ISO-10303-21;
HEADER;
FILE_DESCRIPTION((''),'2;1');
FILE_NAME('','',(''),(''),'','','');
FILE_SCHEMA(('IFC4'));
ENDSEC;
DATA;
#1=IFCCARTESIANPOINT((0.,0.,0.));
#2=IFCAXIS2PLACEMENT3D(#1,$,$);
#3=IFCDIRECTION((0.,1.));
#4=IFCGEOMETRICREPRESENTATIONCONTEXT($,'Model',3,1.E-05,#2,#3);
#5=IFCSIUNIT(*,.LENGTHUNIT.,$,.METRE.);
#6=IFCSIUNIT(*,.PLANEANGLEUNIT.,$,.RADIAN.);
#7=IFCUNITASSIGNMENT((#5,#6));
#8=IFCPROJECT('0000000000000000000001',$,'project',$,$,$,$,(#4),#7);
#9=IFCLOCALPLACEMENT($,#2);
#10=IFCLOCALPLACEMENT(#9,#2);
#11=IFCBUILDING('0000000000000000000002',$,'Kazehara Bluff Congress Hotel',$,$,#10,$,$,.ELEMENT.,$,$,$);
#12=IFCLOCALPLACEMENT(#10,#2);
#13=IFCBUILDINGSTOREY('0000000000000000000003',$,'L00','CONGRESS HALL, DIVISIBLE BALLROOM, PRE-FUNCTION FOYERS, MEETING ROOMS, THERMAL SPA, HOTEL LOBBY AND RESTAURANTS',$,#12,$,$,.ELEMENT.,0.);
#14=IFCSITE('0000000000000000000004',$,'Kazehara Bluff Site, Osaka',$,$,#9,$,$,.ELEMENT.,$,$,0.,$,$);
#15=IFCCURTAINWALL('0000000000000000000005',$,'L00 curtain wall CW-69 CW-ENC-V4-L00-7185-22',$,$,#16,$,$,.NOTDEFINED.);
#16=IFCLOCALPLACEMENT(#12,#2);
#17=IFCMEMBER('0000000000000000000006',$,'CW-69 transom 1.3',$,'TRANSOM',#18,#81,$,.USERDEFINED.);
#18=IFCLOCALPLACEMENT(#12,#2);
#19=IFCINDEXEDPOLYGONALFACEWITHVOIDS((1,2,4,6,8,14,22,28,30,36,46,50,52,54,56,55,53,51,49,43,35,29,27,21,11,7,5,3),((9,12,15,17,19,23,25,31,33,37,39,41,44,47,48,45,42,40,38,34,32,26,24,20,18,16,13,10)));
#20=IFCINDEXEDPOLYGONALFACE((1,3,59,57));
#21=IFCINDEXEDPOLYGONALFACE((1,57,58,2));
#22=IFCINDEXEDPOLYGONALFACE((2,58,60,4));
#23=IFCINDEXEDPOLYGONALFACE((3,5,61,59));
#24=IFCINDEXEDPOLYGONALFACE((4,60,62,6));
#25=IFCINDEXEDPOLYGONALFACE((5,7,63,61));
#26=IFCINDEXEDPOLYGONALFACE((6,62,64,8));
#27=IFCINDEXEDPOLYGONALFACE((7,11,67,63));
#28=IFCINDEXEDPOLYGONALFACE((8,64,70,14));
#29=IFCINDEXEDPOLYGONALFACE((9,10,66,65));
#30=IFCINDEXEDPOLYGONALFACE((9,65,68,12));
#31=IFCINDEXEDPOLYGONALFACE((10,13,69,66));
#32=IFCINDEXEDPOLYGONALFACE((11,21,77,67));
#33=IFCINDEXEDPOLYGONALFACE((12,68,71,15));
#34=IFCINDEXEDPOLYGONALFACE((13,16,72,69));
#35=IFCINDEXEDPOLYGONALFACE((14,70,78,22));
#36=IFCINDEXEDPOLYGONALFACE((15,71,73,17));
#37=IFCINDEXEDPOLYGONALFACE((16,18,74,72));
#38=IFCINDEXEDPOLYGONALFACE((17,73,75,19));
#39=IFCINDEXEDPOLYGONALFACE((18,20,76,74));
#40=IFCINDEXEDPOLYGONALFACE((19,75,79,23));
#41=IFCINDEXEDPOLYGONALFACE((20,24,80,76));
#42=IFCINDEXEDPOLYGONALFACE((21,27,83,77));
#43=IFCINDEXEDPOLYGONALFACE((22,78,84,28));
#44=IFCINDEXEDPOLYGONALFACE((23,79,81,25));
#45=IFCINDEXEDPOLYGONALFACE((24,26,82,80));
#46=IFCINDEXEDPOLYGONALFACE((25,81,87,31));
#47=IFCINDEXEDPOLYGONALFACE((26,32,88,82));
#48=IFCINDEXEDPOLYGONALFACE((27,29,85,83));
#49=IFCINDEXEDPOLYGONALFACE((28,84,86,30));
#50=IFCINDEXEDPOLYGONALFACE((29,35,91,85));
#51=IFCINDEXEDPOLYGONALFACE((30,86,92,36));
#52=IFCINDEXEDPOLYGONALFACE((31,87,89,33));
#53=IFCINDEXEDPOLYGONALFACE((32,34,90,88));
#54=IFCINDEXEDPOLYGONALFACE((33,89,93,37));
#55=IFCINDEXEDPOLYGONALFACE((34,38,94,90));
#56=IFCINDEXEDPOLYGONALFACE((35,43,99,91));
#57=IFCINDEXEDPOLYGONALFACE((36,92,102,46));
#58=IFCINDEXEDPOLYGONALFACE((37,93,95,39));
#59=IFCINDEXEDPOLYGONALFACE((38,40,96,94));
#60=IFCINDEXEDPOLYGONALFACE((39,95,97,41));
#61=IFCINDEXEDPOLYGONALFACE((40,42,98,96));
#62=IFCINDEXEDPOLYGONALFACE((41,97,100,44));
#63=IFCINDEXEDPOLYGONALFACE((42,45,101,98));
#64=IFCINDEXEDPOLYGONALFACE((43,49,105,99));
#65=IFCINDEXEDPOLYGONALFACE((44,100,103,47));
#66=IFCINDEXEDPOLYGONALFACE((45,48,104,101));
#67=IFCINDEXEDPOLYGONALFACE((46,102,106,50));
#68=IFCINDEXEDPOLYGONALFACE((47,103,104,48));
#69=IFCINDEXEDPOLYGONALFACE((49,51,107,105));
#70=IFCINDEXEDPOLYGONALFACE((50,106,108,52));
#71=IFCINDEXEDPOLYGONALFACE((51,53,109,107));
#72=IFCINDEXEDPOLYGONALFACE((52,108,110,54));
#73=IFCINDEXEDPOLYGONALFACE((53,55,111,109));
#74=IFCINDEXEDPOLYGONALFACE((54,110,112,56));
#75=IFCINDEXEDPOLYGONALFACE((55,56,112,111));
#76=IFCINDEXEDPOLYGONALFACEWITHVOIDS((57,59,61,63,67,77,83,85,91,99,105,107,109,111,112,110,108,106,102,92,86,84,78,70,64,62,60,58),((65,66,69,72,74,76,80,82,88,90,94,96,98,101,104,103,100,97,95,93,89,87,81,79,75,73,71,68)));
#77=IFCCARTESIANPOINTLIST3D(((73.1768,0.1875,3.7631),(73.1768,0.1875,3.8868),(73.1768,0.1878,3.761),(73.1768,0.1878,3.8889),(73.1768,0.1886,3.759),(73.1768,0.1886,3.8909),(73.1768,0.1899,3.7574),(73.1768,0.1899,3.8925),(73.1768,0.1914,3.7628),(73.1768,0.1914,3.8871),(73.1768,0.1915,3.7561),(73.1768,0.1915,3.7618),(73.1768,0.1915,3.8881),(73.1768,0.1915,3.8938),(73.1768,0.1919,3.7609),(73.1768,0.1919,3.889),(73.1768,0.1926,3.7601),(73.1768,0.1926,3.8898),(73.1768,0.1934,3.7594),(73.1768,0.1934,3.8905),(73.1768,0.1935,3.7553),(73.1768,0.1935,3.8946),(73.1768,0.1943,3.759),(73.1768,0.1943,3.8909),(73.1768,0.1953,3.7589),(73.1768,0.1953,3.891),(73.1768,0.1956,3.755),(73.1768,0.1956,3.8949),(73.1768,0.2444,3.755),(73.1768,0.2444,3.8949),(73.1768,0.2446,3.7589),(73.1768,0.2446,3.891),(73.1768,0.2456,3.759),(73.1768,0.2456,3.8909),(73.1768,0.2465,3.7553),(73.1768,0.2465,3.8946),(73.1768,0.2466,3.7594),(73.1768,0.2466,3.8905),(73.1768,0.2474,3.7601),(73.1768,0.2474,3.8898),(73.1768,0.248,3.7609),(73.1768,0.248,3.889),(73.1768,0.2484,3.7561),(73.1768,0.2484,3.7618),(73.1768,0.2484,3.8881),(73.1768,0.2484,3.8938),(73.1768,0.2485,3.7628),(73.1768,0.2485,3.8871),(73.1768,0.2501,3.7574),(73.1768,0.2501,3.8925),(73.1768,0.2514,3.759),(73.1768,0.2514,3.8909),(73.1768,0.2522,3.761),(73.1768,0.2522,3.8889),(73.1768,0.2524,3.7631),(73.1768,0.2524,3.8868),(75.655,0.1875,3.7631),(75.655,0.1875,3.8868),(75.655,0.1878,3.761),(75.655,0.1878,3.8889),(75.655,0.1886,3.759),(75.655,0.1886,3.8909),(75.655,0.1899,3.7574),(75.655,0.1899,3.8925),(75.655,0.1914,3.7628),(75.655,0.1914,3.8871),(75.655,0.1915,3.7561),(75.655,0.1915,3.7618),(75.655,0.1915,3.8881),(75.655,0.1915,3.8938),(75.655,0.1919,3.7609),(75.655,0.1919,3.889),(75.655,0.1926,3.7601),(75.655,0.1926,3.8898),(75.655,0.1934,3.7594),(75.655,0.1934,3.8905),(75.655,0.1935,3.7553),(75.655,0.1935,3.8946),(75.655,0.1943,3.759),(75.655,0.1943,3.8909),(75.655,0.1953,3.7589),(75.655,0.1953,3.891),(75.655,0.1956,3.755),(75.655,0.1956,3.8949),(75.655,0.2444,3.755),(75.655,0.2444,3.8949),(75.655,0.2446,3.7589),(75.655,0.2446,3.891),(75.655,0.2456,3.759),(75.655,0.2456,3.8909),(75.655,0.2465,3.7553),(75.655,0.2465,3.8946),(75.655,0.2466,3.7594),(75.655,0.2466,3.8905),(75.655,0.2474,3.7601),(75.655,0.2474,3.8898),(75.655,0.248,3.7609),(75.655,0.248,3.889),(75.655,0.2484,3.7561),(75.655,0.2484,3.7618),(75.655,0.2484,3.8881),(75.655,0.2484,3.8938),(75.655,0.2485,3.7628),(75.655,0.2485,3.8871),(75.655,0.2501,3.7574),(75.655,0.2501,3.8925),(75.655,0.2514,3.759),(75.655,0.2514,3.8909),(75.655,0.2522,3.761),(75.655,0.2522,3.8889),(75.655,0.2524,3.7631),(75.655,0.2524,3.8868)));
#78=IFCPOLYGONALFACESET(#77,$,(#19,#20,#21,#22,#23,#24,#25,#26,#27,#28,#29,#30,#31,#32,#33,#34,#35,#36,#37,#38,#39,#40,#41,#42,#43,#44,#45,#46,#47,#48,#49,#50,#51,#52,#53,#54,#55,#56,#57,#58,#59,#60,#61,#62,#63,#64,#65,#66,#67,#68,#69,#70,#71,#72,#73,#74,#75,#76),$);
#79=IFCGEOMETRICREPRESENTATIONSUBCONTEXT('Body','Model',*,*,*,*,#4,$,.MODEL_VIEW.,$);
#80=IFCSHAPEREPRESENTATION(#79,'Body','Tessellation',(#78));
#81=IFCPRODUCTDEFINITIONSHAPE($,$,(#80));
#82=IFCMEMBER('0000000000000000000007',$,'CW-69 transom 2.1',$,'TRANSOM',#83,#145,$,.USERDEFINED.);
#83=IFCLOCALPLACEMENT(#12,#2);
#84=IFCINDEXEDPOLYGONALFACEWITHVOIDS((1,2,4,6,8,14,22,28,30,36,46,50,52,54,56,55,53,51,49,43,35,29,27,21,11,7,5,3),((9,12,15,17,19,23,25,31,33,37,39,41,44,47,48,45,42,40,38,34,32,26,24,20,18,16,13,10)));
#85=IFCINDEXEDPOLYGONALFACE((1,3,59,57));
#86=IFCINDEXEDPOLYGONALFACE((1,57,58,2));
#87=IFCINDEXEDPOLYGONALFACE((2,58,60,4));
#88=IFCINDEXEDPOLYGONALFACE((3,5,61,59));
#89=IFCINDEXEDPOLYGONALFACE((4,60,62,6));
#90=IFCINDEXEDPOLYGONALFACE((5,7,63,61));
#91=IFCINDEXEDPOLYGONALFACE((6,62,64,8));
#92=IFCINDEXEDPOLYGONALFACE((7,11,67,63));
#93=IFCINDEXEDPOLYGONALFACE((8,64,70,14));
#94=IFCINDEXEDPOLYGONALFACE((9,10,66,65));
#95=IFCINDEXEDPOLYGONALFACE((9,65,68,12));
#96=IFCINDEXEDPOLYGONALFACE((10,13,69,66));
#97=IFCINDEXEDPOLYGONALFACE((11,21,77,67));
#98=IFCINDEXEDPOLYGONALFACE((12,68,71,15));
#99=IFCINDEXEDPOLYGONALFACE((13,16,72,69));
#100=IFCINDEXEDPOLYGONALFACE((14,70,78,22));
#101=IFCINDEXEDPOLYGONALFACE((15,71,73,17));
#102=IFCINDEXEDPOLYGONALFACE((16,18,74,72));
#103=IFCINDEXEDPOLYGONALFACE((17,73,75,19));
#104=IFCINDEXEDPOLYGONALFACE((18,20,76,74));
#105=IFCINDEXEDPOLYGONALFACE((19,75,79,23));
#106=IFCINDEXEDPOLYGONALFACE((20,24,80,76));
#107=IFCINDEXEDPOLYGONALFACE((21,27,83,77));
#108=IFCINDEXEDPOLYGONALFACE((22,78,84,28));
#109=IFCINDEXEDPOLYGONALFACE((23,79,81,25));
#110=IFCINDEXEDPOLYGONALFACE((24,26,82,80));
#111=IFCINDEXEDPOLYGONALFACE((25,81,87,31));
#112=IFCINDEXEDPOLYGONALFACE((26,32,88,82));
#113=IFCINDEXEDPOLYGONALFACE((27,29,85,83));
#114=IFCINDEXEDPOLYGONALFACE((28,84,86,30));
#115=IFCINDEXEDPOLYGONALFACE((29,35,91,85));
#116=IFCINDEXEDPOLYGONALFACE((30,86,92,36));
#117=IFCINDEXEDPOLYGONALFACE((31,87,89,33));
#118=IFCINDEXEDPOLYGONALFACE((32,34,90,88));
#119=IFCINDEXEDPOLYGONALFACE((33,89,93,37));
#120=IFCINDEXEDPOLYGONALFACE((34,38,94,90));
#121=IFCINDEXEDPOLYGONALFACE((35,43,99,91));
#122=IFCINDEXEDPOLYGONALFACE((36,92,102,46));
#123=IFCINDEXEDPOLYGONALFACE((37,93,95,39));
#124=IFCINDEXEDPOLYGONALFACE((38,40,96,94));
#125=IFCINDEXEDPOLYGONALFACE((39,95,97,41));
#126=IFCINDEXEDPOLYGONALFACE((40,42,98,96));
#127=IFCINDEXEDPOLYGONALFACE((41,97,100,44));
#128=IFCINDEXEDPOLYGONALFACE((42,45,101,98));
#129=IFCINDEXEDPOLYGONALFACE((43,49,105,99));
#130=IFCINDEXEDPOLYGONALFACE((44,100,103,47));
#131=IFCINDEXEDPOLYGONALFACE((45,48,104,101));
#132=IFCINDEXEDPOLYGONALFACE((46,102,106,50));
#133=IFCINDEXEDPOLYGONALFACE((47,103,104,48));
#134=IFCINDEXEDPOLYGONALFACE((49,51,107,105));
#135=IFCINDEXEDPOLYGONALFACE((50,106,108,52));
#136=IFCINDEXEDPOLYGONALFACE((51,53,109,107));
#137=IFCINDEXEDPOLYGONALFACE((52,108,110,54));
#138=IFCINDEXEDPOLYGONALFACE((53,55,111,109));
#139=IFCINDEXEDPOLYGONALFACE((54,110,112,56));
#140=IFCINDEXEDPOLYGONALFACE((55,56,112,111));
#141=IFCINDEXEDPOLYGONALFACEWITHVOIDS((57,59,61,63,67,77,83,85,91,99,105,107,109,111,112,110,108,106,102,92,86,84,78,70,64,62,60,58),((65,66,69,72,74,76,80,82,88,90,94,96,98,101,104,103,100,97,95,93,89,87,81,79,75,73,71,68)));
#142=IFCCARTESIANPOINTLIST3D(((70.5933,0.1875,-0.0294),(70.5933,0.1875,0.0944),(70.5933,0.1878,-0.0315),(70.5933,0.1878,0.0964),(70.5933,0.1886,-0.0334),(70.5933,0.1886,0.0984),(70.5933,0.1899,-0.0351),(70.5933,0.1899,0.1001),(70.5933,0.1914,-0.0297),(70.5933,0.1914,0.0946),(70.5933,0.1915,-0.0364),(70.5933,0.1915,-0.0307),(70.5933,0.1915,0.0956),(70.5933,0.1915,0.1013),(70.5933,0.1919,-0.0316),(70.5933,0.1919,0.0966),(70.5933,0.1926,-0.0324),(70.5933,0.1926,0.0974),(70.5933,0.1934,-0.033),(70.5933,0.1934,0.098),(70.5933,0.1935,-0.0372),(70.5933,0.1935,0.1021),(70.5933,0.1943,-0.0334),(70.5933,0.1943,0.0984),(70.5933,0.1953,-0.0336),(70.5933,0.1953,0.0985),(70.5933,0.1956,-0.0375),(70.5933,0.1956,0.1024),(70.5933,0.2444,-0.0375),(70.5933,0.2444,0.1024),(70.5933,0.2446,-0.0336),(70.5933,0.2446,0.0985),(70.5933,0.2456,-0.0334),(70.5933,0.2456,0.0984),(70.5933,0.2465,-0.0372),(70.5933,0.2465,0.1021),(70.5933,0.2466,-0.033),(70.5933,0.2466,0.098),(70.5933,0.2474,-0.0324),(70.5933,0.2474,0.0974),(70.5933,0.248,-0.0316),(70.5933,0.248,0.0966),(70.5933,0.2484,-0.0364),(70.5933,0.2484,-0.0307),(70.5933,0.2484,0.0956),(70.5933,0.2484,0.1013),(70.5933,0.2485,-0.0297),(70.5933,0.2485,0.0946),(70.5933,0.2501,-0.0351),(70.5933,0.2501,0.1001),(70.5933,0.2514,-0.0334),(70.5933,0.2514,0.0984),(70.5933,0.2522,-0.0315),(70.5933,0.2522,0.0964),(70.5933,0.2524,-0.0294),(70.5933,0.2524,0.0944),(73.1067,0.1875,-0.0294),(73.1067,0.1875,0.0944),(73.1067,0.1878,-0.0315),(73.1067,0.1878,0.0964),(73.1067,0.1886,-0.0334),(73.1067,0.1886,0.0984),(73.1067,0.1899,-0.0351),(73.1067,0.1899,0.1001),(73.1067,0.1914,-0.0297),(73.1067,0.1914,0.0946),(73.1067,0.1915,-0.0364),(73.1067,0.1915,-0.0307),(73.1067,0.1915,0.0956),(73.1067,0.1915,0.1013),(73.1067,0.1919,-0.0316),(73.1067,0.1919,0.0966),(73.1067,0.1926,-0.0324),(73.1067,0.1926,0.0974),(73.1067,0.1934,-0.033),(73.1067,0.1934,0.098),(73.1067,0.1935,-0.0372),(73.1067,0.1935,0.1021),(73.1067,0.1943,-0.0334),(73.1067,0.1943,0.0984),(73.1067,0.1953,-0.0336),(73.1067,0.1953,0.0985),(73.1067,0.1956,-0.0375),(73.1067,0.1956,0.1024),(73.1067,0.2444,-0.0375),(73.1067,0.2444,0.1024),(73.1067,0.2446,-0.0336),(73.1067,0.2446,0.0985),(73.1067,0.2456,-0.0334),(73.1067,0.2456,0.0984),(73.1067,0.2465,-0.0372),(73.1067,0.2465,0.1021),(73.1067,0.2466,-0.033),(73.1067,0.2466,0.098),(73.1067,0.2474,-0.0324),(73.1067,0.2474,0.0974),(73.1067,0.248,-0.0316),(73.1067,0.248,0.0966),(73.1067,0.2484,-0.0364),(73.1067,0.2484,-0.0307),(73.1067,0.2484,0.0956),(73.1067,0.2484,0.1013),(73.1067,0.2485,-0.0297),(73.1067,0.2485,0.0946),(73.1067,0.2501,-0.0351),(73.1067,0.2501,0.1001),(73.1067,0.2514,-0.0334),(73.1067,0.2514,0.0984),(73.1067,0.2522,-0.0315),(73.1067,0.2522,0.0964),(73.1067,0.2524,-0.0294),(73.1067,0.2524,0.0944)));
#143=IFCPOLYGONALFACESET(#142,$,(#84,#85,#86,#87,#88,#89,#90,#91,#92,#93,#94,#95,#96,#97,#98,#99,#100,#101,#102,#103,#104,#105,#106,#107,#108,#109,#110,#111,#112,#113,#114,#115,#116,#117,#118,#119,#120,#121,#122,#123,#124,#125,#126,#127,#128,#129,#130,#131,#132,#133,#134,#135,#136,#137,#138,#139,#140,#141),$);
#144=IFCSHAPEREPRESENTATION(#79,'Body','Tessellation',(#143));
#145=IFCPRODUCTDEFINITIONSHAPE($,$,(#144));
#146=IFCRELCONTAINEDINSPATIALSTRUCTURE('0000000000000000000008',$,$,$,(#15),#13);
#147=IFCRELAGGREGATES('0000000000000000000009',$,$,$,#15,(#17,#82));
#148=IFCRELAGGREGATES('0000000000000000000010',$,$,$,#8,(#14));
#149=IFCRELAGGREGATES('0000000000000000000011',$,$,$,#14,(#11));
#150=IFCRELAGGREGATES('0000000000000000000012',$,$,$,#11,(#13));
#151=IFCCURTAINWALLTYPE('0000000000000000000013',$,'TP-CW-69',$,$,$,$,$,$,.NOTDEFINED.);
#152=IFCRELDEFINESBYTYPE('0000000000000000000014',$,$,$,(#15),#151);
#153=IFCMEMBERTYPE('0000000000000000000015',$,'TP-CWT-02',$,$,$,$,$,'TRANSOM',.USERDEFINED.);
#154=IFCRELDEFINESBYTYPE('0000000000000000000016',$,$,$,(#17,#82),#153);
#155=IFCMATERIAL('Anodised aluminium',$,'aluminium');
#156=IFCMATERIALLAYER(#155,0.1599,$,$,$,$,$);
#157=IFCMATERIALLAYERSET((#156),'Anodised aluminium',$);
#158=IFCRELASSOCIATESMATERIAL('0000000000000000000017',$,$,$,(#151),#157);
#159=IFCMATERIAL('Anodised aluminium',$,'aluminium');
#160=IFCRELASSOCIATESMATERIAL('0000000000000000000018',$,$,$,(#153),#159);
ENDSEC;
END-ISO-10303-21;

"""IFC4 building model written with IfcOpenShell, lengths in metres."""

from ifc_helpers import new_model, si_unit, direction, frame, origin, origin_2d, place, context, subcontext, project, spatial, hollow_rectangle, extrude, material, layer, layer_set, material_profile, profile_set, type_object, element, aggregate, save


model = new_model("IFC4")

# Units and contexts
model_context = context("Model", 3, precision=1e-05, world=origin(), true_north=direction((0.0, 1.0)))
body_context = subcontext(model_context, "Body", "Model", "MODEL_VIEW")
ifc_project = project(units=[si_unit("LENGTHUNIT", "METRE"), si_unit("PLANEANGLEUNIT", "RADIAN")], contexts=[model_context])

# Site, building, storey
site_placement = place(None, origin())
site = spatial("IfcSite", under=ifc_project, at=site_placement, Name="Kazehara Bluff Site, Osaka", CompositionType="ELEMENT", RefElevation=0.0)
building_placement = place(site_placement, origin())
building = spatial("IfcBuilding", under=site, at=building_placement, Name="Kazehara Bluff Congress Hotel", CompositionType="ELEMENT")
storey_placement = place(building_placement, origin())
storey = spatial("IfcBuildingStorey", under=building, at=storey_placement, Name="L00", Description="CONGRESS HALL, DIVISIBLE BALLROOM, PRE-FUNCTION FOYERS, MEETING ROOMS, THERMAL SPA, HOTEL LOBBY AND RESTAURANTS", CompositionType="ELEMENT", Elevation=0.0)

# Curtain wall, members
ifc_material_1 = material(Name="Anodised aluminium", Category="aluminium")
ifc_layer_1 = layer(ifc_material_1, 0.1599)
ifc_layer_set_1 = layer_set([ifc_layer_1], Name="Anodised aluminium")
curtain_wall_type = type_object("IfcCurtainWallType", Name="TP-CW-69", PredefinedType="NOTDEFINED", material=ifc_layer_set_1)
curtain_wall_placement = place(storey_placement, origin())
curtain_wall = element("IfcCurtainWall", 1, at=curtain_wall_placement, inside=storey, type_object=curtain_wall_type, Name="L00 curtain wall CW-69 CW-ENC-V4-L00-7185-22", PredefinedType="NOTDEFINED")
ifc_material_2 = material(Name="Anodised aluminium", Category="aluminium")
ifc_material_profile_1 = material_profile(ifc_material_2, hollow_rectangle(XDim=0.0649, YDim=0.1399, WallThickness=0.0039, InnerFilletRadius=0.0039, OuterFilletRadius=0.0081, at=origin_2d()))
ifc_profile_set_1 = profile_set([ifc_material_profile_1], Name="Anodised aluminium")
member_type_1 = type_object("IfcMemberType", Name="TP-CWT-02", ElementType="TRANSOM", PredefinedType="USERDEFINED", material=ifc_profile_set_1)
member_1_placement = place(storey_placement, frame((75.655, 0.22, 3.825), z_axis=(-1.0, 0.0, 0.0), x_axis=(0.0, -1.0, 0.0)))
member_1 = element("IfcMember", 2, at=member_1_placement, type_object=member_type_1, Name="CW-69 transom 1.3", ObjectType="TRANSOM", PredefinedType="USERDEFINED", context=body_context, shape_type="SweptSolid", body=[
    extrude(hollow_rectangle(XDim=0.0649, YDim=0.1399, WallThickness=0.0039, InnerFilletRadius=0.0039, OuterFilletRadius=0.0081, at=origin_2d()), origin(), (0.0, 0.0, 1.0), 2.4783),
])
member_2_placement = place(storey_placement, frame((73.1067, 0.22, 0.0325), z_axis=(-1.0, 0.0, 0.0), x_axis=(0.0, -1.0, 0.0)))
member_2 = element("IfcMember", 3, at=member_2_placement, type_object=member_type_1, Name="CW-69 transom 2.1", ObjectType="TRANSOM", PredefinedType="USERDEFINED", context=body_context, shape_type="SweptSolid", body=[
    extrude(hollow_rectangle(XDim=0.0649, YDim=0.1399, WallThickness=0.0039, InnerFilletRadius=0.0039, OuterFilletRadius=0.0081, at=origin_2d()), origin(), (0.0, 0.0, 1.0), 2.5134),
])

aggregate(curtain_wall, [member_1, member_2])

save(model, "model.ifc")
